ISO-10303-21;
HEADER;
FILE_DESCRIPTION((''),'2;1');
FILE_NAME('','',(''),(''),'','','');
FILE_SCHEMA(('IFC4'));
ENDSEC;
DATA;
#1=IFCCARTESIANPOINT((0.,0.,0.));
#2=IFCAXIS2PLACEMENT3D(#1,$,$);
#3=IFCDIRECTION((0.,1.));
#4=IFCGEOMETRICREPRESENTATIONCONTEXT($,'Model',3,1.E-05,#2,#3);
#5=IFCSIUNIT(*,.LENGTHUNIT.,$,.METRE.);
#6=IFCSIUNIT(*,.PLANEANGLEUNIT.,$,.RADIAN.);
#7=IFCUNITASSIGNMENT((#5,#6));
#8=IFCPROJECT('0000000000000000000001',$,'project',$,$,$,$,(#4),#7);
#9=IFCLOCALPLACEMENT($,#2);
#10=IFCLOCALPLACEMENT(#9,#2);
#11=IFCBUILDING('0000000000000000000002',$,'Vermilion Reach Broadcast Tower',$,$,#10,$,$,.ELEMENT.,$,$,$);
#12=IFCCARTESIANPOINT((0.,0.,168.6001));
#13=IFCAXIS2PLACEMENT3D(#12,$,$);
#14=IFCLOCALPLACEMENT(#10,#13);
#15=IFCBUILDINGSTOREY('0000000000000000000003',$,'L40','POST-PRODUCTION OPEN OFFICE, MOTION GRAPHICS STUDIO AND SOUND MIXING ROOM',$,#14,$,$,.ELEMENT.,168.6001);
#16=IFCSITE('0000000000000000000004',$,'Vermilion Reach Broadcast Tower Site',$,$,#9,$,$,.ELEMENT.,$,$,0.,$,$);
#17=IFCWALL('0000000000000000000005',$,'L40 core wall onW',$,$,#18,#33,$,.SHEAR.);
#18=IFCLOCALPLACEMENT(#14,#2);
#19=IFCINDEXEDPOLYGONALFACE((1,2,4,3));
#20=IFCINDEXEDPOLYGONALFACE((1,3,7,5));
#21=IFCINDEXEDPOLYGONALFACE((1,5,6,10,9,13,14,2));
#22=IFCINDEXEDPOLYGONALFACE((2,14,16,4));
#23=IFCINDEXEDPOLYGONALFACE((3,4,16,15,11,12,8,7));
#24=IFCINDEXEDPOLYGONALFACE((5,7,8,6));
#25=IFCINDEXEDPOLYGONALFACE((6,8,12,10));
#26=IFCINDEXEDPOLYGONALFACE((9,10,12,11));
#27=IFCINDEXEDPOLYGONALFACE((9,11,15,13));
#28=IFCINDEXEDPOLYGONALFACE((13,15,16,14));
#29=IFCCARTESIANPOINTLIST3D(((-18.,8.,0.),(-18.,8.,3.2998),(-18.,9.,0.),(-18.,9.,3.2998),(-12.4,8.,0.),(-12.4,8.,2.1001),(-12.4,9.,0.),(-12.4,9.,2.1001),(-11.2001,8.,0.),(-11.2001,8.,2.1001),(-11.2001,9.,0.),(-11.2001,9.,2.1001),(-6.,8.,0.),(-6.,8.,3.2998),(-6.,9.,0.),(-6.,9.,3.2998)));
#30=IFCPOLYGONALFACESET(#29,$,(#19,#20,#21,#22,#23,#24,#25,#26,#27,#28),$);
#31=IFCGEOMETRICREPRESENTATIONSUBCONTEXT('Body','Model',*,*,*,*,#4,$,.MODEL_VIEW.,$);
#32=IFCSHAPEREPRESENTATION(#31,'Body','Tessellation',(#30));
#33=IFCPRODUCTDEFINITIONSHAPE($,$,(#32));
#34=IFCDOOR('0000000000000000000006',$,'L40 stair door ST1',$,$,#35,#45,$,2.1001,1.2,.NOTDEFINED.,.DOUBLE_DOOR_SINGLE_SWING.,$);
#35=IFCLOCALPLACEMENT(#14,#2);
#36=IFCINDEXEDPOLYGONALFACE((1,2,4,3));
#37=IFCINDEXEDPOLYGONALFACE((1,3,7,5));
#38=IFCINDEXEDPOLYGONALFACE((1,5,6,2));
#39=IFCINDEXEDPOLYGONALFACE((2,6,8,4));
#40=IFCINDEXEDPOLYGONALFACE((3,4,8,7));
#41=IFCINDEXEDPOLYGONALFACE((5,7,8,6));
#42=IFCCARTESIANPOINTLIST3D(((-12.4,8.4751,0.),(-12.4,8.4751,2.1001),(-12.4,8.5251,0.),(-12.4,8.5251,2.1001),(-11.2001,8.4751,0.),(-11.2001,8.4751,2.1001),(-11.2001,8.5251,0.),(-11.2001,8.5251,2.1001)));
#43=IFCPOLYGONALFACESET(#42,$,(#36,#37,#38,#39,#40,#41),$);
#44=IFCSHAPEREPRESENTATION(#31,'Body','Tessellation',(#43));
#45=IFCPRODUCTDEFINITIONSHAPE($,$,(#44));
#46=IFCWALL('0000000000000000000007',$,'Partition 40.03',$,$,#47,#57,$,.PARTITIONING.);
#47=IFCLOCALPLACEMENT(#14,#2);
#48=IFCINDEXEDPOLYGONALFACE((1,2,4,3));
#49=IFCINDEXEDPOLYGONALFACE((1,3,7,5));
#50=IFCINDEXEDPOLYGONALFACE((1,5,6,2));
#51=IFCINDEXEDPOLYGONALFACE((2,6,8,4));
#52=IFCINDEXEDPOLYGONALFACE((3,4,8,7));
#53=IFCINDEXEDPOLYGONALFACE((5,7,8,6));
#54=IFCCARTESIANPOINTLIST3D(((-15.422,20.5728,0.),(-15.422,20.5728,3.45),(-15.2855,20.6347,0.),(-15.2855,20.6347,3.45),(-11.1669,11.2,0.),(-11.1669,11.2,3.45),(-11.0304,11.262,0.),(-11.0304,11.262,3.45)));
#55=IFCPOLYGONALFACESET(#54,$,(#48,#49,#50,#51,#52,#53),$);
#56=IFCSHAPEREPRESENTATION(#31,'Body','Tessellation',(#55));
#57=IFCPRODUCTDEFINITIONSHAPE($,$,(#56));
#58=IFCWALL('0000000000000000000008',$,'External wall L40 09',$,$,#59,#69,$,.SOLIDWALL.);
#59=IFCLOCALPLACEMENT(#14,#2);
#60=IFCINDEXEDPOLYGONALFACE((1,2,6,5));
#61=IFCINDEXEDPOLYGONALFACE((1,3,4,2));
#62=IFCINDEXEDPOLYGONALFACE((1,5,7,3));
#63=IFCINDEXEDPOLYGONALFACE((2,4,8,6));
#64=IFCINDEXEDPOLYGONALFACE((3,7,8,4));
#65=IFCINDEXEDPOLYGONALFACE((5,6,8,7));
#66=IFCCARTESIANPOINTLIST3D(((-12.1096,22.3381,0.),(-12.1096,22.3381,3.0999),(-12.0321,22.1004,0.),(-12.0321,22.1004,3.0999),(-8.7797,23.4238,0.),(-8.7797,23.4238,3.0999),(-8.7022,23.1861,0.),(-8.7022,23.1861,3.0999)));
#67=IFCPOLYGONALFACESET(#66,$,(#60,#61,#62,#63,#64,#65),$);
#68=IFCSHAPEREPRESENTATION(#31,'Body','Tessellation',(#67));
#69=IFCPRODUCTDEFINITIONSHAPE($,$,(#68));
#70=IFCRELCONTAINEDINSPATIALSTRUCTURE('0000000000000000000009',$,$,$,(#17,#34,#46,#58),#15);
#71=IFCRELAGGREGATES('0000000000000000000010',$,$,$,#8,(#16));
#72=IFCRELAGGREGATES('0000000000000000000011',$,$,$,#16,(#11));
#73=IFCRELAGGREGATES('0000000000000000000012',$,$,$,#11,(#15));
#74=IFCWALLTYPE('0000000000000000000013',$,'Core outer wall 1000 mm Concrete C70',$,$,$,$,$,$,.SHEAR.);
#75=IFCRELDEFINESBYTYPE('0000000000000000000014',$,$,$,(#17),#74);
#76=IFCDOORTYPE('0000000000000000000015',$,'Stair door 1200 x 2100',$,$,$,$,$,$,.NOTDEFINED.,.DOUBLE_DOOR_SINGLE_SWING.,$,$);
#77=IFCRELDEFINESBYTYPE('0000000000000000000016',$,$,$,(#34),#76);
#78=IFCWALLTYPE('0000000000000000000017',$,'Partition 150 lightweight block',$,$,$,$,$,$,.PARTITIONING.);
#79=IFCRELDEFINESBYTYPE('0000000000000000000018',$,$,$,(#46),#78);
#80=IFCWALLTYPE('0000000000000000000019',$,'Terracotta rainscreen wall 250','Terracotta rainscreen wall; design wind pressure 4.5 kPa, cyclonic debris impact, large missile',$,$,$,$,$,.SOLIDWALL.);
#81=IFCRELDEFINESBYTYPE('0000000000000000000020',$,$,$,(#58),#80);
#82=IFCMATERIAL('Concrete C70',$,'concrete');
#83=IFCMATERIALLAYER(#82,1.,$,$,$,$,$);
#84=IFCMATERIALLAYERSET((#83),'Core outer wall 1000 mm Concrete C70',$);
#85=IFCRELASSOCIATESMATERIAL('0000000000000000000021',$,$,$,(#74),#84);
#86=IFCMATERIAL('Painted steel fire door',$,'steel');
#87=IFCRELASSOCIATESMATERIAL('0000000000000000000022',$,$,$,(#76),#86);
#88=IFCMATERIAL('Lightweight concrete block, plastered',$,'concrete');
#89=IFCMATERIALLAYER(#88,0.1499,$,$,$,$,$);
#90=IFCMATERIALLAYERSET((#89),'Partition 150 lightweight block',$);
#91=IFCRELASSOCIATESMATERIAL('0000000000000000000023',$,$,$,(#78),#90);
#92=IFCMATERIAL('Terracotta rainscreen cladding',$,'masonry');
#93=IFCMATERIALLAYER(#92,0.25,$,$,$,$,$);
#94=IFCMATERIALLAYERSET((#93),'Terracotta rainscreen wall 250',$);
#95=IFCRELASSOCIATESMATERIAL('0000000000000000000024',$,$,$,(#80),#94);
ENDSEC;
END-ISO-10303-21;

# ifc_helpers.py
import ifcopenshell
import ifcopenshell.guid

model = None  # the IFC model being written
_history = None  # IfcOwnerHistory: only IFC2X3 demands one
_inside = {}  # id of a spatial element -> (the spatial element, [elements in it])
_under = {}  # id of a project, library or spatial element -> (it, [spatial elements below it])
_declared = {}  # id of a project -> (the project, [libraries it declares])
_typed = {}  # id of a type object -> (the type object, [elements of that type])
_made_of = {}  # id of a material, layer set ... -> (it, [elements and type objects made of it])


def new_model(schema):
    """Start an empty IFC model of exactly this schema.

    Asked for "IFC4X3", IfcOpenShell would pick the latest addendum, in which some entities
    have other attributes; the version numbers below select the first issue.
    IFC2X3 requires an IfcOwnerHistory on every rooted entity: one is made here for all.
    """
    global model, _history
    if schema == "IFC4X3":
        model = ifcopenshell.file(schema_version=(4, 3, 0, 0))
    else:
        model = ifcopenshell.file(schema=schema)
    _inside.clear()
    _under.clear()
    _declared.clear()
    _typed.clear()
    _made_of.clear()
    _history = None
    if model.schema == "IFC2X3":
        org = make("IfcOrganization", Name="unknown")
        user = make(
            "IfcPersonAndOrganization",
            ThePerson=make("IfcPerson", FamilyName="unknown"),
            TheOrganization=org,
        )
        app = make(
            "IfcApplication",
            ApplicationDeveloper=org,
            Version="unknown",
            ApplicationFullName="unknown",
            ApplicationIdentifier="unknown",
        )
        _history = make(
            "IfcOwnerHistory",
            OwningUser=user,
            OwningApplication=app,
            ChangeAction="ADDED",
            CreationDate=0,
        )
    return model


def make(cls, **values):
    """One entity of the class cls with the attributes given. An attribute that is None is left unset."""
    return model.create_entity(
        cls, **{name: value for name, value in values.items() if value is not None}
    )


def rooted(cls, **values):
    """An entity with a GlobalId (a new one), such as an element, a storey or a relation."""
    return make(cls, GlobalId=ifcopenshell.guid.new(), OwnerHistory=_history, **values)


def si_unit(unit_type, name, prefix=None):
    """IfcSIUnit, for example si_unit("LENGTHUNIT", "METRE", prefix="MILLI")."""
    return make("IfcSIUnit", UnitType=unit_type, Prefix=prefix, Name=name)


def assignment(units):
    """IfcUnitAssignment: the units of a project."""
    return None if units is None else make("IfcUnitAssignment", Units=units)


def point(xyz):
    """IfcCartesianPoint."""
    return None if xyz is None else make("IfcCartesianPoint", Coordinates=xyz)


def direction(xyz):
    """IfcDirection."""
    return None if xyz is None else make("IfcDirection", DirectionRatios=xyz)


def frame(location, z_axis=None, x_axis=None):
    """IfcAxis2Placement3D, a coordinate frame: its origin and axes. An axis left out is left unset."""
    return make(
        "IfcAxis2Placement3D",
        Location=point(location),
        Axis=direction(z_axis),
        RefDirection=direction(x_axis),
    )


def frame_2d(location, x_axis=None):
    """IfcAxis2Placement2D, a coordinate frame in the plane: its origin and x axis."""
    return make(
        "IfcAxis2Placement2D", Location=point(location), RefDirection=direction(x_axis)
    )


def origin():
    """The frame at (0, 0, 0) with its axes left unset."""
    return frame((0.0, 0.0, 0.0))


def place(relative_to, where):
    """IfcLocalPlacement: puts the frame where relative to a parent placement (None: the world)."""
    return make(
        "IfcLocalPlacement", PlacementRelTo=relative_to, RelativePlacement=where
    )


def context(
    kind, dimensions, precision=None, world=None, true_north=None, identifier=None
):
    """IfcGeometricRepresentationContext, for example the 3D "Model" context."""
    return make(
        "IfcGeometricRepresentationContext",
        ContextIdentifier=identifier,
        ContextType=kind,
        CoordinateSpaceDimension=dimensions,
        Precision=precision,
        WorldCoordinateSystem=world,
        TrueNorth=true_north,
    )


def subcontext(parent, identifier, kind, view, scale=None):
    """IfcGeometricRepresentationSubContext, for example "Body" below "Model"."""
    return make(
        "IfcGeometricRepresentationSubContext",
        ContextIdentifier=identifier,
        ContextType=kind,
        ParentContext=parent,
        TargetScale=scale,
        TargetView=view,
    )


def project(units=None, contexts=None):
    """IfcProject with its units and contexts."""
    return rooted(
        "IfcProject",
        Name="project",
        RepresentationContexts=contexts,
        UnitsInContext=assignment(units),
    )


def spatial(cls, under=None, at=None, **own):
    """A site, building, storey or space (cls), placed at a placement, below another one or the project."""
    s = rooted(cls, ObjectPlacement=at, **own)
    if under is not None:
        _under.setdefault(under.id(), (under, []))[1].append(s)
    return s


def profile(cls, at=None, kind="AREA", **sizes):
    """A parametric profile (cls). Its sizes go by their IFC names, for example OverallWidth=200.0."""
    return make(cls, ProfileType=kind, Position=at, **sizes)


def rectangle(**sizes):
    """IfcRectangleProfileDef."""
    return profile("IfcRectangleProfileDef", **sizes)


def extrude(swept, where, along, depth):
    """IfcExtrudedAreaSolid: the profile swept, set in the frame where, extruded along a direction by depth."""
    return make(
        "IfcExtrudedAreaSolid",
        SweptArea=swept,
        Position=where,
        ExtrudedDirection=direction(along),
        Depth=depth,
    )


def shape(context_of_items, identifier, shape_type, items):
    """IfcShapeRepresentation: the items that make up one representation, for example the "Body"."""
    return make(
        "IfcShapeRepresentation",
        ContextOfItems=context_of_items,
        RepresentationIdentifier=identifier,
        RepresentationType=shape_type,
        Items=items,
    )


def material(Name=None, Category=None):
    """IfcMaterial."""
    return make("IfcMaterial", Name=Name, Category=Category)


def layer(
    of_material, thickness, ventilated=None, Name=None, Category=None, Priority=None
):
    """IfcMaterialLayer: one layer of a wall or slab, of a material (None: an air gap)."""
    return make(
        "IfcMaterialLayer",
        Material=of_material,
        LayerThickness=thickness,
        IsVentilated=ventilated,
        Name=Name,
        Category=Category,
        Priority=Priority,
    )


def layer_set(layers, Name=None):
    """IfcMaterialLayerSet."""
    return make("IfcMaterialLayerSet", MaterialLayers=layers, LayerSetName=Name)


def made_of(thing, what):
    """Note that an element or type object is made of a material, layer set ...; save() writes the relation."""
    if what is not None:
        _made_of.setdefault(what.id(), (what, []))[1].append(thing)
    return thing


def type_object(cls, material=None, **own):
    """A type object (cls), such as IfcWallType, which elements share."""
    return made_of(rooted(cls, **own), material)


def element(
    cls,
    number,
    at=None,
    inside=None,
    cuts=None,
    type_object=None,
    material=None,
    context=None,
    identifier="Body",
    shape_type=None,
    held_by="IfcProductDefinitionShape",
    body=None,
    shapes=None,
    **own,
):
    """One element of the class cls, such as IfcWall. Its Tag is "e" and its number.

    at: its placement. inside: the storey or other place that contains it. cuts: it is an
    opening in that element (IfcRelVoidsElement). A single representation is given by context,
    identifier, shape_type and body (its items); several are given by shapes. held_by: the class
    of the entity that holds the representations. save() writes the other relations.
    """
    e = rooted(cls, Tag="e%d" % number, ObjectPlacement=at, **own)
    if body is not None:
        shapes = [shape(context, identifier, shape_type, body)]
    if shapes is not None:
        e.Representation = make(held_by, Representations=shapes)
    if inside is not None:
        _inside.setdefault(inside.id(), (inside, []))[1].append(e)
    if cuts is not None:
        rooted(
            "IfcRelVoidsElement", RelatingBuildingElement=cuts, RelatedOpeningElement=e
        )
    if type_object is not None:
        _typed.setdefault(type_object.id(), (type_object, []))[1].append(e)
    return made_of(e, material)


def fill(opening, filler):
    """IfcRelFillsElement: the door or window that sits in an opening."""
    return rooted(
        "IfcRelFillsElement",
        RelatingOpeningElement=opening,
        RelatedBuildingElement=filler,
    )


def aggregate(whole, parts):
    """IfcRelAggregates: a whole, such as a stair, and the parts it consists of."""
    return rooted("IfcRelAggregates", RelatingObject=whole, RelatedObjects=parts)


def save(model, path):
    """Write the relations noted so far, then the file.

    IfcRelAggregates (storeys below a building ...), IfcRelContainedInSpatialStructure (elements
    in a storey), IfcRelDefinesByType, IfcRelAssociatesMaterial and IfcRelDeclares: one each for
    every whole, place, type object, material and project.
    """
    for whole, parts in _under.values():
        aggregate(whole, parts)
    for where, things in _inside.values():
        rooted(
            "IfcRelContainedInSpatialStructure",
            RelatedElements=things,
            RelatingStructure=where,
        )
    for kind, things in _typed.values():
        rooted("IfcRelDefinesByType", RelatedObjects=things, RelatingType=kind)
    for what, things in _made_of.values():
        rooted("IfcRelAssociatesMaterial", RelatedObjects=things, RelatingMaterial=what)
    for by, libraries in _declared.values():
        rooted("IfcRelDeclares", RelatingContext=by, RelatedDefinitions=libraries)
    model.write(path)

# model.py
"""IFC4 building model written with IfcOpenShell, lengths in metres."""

from ifc_helpers import new_model, si_unit, direction, frame, frame_2d, origin, place, context, subcontext, project, spatial, rectangle, extrude, material, layer, layer_set, type_object, element, fill, save


model = new_model("IFC4")

# Units and contexts
model_context = context("Model", 3, precision=1e-05, world=origin(), true_north=direction((0.0, 1.0)))
body_context = subcontext(model_context, "Body", "Model", "MODEL_VIEW")
ifc_project = project(units=[si_unit("LENGTHUNIT", "METRE"), si_unit("PLANEANGLEUNIT", "RADIAN")], contexts=[model_context])

# Site, building, storey
site_placement = place(None, origin())
site = spatial("IfcSite", under=ifc_project, at=site_placement, Name="Vermilion Reach Broadcast Tower Site", CompositionType="ELEMENT", RefElevation=0.0)
building_placement = place(site_placement, origin())
building = spatial("IfcBuilding", under=site, at=building_placement, Name="Vermilion Reach Broadcast Tower", CompositionType="ELEMENT")
storey_placement = place(building_placement, frame((0.0, 0.0, 168.6001)))
storey = spatial("IfcBuildingStorey", under=building, at=storey_placement, Name="L40", Description="POST-PRODUCTION OPEN OFFICE, MOTION GRAPHICS STUDIO AND SOUND MIXING ROOM", CompositionType="ELEMENT", Elevation=168.6001)

# Wall, opening, door
ifc_material_1 = material(Name="Concrete C70", Category="concrete")
ifc_layer_1 = layer(ifc_material_1, 1.0)
ifc_layer_set_1 = layer_set([ifc_layer_1], Name="Core outer wall 1000 mm Concrete C70")
wall_type_1 = type_object("IfcWallType", Name="Core outer wall 1000 mm Concrete C70", PredefinedType="SHEAR", material=ifc_layer_set_1)
wall_1_placement = place(storey_placement, frame((-6.0, 8.5, 0.0), z_axis=(0.0, 0.0, 1.0), x_axis=(-1.0, 0.0, 0.0)))
wall_1 = element("IfcWall", 1, at=wall_1_placement, inside=storey, type_object=wall_type_1, Name="L40 core wall onW", PredefinedType="SHEAR", context=body_context, shape_type="SweptSolid", body=[
    extrude(rectangle(XDim=12.0, YDim=1.0, at=frame_2d((6.0, 0.0))), origin(), (0.0, 0.0, 1.0), 3.2998),
])
opening_placement = place(wall_1_placement, frame((5.2, 0.0, 0.0)))
opening = element("IfcOpeningElement", 2, at=opening_placement, cuts=wall_1, PredefinedType="OPENING", context=body_context, shape_type="SweptSolid", body=[
    extrude(rectangle(XDim=1.2, YDim=2.1001, at=frame_2d((0.6001, 1.05))), frame((0.0, 0.51, 0.0), z_axis=(0.0, -1.0, 0.0), x_axis=(1.0, 0.0, 0.0)), (0.0, 0.0, 1.0), 1.02),
])
ifc_material_2 = material(Name="Painted steel fire door", Category="steel")
door_type = type_object("IfcDoorType", Name="Stair door 1200 x 2100", OperationType="DOUBLE_DOOR_SINGLE_SWING", PredefinedType="NOTDEFINED", material=ifc_material_2)
door_placement = place(opening_placement, origin())
door = element("IfcDoor", 3, at=door_placement, inside=storey, type_object=door_type, Name="L40 stair door ST1", OperationType="DOUBLE_DOOR_SINGLE_SWING", OverallHeight=2.1001, OverallWidth=1.2, PredefinedType="NOTDEFINED", context=body_context, shape_type="SweptSolid", body=[
    extrude(rectangle(XDim=1.2, YDim=2.1001, at=frame_2d((0.6001, 1.05))), frame((0.0, 0.0249, 0.0), z_axis=(0.0, -1.0, 0.0), x_axis=(1.0, 0.0, 0.0)), (0.0, 0.0, 1.0), 0.05),
])
fill(opening, door)

# Walls
ifc_material_3 = material(Name="Lightweight concrete block, plastered", Category="concrete")
ifc_layer_2 = layer(ifc_material_3, 0.1499)
ifc_layer_set_2 = layer_set([ifc_layer_2], Name="Partition 150 lightweight block")
wall_type_2 = type_object("IfcWallType", Name="Partition 150 lightweight block", PredefinedType="PARTITIONING", material=ifc_layer_set_2)
wall_2_placement = place(storey_placement, frame((-15.3538, 20.6038, 0.0), z_axis=(0.0, 0.0, 1.0), x_axis=(0.413381, -0.910558, 0.0)))
element("IfcWall", 4, at=wall_2_placement, inside=storey, type_object=wall_type_2, Name="Partition 40.03", PredefinedType="PARTITIONING", context=body_context, shape_type="SweptSolid", body=[
    extrude(rectangle(XDim=10.2935, YDim=0.1499, at=frame_2d((5.1467, 0.0))), origin(), (0.0, 0.0, 1.0), 3.45),
])
ifc_material_4 = material(Name="Terracotta rainscreen cladding", Category="masonry")
ifc_layer_3 = layer(ifc_material_4, 0.25)
ifc_layer_set_3 = layer_set([ifc_layer_3], Name="Terracotta rainscreen wall 250")
wall_type_3 = type_object("IfcWallType", Name="Terracotta rainscreen wall 250", Description="Terracotta rainscreen wall; design wind pressure 4.5 kPa, cyclonic debris impact, large missile", PredefinedType="SOLIDWALL", material=ifc_layer_set_3)
wall_3_placement = place(storey_placement, frame((-8.741, 23.3049, 0.0), z_axis=(0.0, 0.0, 1.0), x_axis=(-0.95074, -0.309989, 0.0)))
element("IfcWall", 5, at=wall_3_placement, inside=storey, type_object=wall_type_3, Name="External wall L40 09", PredefinedType="SOLIDWALL", context=body_context, shape_type="SweptSolid", body=[
    extrude(rectangle(XDim=3.5024, YDim=0.25, at=frame_2d((1.7512, 0.0))), origin(), (0.0, 0.0, 1.0), 3.0999),
])

save(model, "model.ifc")
